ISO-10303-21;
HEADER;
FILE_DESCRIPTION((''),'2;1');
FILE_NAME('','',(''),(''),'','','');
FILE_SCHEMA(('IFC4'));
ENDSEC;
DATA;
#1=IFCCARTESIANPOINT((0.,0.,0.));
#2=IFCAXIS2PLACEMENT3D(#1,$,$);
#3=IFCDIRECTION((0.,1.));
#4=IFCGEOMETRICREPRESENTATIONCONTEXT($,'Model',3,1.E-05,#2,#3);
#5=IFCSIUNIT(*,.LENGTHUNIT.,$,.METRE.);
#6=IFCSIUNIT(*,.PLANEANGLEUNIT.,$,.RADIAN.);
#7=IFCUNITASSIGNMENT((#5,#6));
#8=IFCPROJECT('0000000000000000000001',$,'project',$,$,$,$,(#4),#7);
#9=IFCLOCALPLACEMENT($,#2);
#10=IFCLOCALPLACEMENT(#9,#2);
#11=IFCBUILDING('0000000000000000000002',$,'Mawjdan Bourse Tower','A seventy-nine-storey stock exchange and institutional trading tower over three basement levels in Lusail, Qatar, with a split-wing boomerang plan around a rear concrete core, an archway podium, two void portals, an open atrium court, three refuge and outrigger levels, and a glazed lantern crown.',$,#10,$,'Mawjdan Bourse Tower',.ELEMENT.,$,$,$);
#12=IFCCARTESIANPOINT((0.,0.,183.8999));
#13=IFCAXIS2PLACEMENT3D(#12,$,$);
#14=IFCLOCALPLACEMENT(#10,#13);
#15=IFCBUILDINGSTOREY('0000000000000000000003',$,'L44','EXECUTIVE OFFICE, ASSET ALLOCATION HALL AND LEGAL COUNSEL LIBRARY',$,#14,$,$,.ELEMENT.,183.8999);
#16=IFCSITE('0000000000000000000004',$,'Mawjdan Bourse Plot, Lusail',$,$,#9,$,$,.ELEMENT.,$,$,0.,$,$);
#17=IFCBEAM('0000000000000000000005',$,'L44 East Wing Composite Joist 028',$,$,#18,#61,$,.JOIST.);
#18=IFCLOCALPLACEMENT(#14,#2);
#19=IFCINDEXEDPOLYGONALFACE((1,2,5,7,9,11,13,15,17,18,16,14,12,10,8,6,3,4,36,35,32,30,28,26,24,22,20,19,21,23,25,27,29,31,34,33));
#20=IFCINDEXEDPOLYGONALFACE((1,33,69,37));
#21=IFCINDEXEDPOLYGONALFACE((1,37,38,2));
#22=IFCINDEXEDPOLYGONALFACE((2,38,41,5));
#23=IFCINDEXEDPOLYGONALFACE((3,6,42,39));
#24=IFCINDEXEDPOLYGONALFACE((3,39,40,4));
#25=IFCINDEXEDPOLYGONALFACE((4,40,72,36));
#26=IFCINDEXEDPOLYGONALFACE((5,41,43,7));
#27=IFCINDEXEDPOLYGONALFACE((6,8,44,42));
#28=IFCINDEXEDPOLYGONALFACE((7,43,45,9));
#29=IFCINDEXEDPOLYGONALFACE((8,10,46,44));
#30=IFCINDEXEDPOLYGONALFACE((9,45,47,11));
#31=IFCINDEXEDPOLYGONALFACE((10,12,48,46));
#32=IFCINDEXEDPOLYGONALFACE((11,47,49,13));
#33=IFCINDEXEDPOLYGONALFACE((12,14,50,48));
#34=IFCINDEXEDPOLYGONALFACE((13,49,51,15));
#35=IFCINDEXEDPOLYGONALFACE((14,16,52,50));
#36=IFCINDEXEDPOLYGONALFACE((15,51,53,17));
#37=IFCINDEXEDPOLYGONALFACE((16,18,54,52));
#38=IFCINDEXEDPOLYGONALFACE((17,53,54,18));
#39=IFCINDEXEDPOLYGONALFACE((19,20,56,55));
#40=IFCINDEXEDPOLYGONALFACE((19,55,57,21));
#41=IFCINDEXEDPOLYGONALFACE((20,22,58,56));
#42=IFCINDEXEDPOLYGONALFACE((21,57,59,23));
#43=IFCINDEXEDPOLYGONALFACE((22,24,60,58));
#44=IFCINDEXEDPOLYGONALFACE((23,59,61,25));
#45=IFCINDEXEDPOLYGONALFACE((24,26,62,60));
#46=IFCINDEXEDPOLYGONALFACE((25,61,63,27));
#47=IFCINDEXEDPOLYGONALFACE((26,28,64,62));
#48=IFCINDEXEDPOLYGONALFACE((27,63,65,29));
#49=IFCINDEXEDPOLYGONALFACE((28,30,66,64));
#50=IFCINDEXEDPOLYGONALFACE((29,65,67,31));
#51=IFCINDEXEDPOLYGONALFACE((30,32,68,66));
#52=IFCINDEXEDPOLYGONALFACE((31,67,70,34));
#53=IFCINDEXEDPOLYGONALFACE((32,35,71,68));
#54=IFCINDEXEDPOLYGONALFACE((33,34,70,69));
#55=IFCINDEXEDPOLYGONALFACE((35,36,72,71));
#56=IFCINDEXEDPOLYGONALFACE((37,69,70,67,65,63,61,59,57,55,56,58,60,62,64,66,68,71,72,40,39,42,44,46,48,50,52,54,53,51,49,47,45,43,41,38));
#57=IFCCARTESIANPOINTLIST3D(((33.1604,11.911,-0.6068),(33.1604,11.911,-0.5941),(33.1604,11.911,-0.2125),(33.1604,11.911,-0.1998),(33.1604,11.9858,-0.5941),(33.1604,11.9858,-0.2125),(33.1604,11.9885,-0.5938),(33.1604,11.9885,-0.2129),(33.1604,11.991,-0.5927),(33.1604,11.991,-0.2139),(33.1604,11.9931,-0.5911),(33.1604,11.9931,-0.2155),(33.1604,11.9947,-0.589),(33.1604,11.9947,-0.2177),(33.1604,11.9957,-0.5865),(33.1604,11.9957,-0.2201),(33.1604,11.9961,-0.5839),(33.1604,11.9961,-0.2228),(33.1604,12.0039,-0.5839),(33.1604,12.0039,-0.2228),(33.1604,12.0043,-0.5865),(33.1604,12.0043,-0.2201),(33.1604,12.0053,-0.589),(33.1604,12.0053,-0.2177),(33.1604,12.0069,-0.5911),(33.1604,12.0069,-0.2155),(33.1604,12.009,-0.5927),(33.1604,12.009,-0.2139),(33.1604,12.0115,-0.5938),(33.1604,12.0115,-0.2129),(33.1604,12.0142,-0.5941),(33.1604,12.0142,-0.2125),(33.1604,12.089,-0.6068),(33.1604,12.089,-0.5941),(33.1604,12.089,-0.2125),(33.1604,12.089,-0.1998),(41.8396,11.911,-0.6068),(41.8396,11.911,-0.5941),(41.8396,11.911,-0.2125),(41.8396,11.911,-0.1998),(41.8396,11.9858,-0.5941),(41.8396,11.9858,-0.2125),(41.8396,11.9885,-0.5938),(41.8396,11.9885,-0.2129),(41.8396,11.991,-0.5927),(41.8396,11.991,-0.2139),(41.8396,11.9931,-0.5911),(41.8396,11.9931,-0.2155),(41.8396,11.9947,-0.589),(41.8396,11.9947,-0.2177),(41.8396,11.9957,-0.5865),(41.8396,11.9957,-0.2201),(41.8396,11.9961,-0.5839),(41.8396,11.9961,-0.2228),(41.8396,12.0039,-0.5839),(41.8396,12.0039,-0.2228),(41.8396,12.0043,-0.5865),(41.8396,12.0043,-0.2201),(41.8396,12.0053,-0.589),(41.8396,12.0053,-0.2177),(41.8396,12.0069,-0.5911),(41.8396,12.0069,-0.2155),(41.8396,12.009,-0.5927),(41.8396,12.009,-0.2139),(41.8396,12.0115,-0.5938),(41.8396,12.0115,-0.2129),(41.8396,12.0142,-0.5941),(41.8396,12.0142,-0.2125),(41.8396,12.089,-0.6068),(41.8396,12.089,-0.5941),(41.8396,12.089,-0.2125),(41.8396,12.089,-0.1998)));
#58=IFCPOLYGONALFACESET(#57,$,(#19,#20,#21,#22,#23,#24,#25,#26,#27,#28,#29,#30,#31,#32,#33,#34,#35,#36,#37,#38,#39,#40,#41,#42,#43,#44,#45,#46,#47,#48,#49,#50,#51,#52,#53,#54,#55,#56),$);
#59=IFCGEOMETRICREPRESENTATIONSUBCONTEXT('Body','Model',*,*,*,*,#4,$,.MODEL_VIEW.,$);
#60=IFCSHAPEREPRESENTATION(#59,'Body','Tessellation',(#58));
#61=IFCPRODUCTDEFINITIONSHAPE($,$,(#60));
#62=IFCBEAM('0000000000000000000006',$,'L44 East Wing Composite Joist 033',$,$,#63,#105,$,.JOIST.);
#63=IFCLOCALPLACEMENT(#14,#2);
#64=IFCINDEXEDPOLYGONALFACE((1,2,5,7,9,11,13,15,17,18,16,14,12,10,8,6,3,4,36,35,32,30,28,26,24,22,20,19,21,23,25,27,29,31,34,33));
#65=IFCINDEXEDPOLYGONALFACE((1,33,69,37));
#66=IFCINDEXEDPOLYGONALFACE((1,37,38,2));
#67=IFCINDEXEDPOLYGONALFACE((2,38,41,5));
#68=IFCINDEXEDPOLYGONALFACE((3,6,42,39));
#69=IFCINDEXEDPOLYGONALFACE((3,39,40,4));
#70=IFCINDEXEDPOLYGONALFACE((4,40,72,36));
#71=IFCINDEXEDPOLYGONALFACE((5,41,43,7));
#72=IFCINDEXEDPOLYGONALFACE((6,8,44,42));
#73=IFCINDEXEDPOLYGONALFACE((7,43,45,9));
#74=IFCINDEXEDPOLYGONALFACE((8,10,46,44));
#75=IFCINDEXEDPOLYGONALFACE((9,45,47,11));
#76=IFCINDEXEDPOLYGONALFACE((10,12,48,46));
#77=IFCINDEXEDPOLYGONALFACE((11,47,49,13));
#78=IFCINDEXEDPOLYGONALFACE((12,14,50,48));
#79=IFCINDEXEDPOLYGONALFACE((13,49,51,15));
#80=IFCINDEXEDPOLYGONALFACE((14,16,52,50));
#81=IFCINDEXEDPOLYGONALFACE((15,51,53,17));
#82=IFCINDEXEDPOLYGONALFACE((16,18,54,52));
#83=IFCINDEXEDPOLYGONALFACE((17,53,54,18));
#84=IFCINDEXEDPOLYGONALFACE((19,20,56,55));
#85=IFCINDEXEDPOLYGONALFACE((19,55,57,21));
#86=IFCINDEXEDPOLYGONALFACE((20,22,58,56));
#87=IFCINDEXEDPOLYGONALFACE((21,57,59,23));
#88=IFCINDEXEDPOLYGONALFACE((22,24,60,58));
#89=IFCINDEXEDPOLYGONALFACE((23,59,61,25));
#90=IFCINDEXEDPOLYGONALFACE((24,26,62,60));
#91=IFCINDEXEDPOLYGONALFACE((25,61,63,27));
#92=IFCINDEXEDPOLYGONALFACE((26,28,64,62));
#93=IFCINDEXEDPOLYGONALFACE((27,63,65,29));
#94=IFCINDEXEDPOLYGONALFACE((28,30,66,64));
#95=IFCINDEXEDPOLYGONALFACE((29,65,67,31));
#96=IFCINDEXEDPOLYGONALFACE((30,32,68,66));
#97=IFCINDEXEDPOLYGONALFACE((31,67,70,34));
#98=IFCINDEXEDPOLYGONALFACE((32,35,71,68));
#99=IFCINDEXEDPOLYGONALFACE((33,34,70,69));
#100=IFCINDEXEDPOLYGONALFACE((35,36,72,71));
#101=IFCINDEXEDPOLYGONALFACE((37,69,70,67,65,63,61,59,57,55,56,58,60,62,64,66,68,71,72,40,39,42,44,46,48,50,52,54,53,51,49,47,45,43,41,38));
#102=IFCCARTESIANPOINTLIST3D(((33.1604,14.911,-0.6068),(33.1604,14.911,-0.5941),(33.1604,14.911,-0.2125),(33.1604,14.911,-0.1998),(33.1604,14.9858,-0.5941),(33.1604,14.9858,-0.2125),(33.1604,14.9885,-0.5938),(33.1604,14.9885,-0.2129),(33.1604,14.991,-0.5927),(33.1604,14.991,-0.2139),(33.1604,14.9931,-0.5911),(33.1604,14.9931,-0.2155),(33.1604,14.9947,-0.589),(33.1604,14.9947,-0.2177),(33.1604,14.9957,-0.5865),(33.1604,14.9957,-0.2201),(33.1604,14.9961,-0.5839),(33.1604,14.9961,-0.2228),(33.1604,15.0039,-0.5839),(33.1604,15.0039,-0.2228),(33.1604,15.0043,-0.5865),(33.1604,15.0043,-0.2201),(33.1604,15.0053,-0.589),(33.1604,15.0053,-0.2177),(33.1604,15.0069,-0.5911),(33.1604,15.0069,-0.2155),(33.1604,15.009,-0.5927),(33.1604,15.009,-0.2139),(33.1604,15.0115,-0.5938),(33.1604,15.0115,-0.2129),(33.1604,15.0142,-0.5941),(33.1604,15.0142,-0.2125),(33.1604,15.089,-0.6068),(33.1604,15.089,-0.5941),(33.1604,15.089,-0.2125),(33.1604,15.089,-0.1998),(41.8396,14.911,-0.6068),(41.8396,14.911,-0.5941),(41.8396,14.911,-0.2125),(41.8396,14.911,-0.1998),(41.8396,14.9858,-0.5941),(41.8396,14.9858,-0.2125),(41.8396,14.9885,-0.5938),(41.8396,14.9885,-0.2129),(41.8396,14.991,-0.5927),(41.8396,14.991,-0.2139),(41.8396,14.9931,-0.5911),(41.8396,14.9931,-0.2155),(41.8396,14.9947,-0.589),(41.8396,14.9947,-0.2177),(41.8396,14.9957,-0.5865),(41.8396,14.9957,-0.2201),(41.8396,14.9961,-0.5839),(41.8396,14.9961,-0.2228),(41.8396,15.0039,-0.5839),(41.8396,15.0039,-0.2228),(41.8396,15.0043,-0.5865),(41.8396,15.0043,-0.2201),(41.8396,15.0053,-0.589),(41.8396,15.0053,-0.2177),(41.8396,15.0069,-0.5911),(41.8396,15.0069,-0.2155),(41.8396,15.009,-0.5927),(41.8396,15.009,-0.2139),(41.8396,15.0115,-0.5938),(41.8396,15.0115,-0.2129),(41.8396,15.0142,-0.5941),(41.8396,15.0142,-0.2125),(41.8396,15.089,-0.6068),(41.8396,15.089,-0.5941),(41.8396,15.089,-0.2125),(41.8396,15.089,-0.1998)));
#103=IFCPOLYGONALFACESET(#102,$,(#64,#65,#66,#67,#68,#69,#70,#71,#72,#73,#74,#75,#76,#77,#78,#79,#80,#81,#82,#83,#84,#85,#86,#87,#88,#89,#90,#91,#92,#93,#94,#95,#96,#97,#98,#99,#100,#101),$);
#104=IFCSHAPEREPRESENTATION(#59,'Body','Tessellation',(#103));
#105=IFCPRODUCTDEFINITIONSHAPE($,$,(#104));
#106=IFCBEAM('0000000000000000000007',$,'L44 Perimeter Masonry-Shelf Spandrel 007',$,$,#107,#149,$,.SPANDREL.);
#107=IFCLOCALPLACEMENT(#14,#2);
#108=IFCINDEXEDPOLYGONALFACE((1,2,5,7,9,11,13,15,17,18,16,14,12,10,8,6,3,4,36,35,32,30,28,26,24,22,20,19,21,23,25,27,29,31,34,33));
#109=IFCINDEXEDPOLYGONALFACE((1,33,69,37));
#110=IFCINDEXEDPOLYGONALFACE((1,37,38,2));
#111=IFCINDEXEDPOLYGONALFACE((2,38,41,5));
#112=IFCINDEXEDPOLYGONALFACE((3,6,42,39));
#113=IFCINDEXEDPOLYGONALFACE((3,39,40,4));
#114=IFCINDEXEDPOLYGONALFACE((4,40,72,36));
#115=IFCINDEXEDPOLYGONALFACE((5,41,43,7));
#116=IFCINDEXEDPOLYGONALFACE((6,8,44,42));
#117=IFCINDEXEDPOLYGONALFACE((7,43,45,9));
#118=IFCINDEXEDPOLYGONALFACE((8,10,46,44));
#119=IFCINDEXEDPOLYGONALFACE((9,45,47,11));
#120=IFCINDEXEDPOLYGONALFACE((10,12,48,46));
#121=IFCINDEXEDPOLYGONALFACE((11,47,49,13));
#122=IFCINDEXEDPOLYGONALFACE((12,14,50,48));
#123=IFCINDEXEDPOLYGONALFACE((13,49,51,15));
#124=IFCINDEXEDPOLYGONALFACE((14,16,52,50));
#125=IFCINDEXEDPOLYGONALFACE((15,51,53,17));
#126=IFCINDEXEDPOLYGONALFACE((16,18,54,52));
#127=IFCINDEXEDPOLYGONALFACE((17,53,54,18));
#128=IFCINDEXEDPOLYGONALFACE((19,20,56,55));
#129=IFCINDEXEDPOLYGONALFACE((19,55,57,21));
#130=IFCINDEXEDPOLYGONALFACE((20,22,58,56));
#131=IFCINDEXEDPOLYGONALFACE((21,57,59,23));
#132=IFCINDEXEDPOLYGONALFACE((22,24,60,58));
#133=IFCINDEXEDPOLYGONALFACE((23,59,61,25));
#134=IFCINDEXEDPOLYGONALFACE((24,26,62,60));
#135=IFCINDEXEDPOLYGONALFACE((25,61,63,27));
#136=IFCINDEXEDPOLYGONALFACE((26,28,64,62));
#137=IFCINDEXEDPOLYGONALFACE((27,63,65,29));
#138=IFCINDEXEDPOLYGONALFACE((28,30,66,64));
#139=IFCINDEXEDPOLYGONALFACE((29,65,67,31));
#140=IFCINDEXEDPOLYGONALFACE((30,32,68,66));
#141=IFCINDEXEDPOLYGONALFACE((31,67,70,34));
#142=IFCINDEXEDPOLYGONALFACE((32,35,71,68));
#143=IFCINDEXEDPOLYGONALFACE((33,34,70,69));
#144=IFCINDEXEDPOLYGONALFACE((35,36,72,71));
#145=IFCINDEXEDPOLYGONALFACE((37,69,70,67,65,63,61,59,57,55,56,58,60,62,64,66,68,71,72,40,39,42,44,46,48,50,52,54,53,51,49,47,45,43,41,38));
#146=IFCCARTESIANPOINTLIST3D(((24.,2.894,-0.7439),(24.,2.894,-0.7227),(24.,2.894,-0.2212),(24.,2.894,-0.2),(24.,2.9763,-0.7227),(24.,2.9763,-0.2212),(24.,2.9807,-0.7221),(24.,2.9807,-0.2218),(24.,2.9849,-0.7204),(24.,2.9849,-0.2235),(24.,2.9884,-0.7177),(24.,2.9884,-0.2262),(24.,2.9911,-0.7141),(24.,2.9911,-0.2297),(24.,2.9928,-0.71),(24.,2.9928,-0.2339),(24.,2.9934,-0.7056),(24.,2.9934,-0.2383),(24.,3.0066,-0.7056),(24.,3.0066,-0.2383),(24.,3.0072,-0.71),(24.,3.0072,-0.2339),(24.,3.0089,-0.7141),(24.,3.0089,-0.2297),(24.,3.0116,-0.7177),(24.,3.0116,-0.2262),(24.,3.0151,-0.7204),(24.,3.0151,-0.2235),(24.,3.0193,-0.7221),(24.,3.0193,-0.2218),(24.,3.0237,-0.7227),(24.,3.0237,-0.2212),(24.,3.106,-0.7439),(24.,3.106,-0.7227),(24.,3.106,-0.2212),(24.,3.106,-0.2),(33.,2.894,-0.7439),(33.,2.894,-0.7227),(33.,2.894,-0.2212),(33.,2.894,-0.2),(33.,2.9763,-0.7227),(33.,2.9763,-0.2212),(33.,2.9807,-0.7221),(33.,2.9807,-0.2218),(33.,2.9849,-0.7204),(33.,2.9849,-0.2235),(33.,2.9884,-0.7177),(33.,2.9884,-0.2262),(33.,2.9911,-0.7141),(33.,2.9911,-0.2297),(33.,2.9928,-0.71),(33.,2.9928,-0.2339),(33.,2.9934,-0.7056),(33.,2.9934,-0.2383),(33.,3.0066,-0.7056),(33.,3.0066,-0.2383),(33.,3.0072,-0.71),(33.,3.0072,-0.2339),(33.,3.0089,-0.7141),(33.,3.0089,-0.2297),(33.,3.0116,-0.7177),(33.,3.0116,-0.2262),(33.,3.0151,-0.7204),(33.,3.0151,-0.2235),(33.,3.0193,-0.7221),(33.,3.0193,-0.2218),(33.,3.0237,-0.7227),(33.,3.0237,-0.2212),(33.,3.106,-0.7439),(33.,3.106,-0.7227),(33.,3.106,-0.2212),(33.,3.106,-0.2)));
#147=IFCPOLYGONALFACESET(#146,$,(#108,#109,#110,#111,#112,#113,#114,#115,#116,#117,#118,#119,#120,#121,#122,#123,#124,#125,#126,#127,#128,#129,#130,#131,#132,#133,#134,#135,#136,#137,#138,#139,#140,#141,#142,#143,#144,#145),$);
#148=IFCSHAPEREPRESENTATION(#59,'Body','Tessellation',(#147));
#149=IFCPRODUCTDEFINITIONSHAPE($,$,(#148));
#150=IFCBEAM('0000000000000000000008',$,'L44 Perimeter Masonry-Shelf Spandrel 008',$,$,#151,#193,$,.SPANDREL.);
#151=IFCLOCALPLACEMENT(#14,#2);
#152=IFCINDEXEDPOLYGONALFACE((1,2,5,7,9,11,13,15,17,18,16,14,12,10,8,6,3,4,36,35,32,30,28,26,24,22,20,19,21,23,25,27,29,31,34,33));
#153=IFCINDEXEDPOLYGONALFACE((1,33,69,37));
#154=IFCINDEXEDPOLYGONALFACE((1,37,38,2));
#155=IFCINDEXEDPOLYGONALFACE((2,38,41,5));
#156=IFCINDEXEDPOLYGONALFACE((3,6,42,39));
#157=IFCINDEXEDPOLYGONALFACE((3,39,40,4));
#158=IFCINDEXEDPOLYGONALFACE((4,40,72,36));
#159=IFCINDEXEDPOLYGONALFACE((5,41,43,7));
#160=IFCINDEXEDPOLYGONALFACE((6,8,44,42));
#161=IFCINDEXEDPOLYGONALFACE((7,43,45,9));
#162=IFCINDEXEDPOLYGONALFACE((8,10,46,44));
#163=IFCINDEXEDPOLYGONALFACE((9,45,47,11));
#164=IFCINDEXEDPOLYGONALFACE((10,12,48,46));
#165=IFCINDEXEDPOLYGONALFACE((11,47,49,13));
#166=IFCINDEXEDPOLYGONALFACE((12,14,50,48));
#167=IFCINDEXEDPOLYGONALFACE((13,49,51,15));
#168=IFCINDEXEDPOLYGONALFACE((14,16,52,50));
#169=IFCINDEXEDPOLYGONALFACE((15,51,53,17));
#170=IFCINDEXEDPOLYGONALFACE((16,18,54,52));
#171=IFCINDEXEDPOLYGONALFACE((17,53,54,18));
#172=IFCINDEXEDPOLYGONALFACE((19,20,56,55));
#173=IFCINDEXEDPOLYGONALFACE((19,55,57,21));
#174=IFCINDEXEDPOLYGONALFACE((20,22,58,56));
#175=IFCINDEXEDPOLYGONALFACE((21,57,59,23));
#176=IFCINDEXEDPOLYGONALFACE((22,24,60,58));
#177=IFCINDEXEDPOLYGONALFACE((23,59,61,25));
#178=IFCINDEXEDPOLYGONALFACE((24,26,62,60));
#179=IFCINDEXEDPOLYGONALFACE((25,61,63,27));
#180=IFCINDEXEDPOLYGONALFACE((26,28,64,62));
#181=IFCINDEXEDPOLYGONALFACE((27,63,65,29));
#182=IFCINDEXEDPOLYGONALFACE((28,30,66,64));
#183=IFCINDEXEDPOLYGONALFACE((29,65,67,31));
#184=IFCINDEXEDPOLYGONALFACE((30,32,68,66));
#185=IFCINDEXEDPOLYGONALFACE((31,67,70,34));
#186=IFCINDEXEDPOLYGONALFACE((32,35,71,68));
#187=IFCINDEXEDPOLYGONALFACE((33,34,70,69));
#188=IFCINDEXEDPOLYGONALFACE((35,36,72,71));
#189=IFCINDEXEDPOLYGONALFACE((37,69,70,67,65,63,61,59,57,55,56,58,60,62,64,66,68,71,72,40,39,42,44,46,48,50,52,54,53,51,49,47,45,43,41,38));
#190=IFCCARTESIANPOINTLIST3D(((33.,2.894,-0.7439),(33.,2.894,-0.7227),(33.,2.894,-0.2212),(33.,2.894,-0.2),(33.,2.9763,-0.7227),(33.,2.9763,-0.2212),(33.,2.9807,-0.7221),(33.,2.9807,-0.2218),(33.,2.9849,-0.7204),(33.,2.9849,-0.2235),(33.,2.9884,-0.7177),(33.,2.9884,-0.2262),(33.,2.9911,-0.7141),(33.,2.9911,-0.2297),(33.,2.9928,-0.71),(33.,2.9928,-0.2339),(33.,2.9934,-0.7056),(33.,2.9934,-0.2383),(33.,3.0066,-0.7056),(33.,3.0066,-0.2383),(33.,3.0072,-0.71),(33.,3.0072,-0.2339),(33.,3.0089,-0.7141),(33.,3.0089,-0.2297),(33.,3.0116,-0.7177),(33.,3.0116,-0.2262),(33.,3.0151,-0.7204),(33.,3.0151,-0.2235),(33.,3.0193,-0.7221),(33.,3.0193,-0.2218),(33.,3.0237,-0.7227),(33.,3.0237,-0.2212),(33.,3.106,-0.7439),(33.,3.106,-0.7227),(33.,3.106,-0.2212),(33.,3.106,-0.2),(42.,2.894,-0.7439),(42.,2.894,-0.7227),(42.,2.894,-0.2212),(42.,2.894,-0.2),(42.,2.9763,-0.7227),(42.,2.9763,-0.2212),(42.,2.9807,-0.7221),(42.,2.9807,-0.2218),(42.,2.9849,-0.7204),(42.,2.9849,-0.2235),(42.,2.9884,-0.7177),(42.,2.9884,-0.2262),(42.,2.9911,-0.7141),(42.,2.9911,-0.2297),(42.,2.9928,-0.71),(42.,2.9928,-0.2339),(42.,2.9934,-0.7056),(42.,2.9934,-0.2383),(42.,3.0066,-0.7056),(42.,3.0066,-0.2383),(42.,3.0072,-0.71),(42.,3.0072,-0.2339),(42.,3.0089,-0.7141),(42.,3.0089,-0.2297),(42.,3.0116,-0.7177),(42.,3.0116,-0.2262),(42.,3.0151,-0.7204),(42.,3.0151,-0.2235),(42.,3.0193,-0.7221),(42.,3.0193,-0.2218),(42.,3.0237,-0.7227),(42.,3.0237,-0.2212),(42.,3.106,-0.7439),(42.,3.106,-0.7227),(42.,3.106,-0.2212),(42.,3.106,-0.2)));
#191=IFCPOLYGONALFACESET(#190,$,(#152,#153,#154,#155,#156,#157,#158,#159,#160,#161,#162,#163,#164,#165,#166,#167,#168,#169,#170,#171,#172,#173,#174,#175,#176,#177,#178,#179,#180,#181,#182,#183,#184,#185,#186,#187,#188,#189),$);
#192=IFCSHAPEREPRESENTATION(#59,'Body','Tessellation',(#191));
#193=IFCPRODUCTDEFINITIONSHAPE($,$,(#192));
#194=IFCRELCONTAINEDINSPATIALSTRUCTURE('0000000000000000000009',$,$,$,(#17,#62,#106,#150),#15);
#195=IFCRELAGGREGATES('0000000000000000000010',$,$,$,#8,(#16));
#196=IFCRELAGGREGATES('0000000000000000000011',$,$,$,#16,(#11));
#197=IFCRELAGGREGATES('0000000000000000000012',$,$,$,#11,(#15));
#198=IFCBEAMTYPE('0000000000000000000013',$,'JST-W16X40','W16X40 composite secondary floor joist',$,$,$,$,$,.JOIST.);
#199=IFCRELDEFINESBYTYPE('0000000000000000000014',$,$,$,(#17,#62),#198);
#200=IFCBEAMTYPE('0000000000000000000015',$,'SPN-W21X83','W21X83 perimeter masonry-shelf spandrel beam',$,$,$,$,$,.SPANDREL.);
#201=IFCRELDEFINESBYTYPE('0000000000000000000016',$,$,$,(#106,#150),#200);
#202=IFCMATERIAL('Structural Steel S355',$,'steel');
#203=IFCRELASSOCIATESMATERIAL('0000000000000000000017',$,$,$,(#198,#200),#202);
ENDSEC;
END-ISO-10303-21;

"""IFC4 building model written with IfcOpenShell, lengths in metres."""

from ifc_helpers import new_model, si_unit, direction, frame, origin, origin_2d, place, context, subcontext, project, spatial, i_section, extrude, material, material_profile, profile_set, type_object, element, save


model = new_model("IFC4")

# Units and contexts
model_context = context("Model", 3, precision=1e-05, world=origin(), true_north=direction((0.0, 1.0)))
body_context = subcontext(model_context, "Body", "Model", "MODEL_VIEW")
ifc_project = project(units=[si_unit("LENGTHUNIT", "METRE"), si_unit("PLANEANGLEUNIT", "RADIAN")], contexts=[model_context])

# Site, building, storey
site_placement = place(None, origin())
site = spatial("IfcSite", under=ifc_project, at=site_placement, Name="Mawjdan Bourse Plot, Lusail", CompositionType="ELEMENT", RefElevation=0.0)
building_placement = place(site_placement, origin())
building = spatial("IfcBuilding", under=site, at=building_placement, Name="Mawjdan Bourse Tower", Description="A seventy-nine-storey stock exchange and institutional trading tower over three basement levels in Lusail, Qatar, with a split-wing boomerang plan around a rear concrete core, an archway podium, two void portals, an open atrium court, three refuge and outrigger levels, and a glazed lantern crown.", LongName="Mawjdan Bourse Tower", CompositionType="ELEMENT")
storey_placement = place(building_placement, frame((0.0, 0.0, 183.8999)))
storey = spatial("IfcBuildingStorey", under=building, at=storey_placement, Name="L44", Description="EXECUTIVE OFFICE, ASSET ALLOCATION HALL AND LEGAL COUNSEL LIBRARY", CompositionType="ELEMENT", Elevation=183.8999)

# Beams
ifc_material_1 = material(Name="Structural Steel S355", Category="steel")
ifc_material_profile_1 = material_profile(ifc_material_1, i_section(OverallWidth=0.178, OverallDepth=0.407, WebThickness=0.0078, FlangeThickness=0.0127, FilletRadius=0.0103, at=origin_2d()), Name="W16X40")
ifc_profile_set_1 = profile_set([ifc_material_profile_1], Name="Structural Steel S355")
beam_type_1 = type_object("IfcBeamType", Name="JST-W16X40", Description="W16X40 composite secondary floor joist", PredefinedType="JOIST", material=ifc_profile_set_1)
for number, where, z_axis, x_axis, name in (
    (1, (33.1604, 12.0, -0.4033), (1.0, 0.0, 0.0), (0.0, 1.0, 0.0), "L44 East Wing Composite Joist 028"),
    (2, (33.1604, 15.0, -0.4033), (1.0, 0.0, 0.0), (0.0, 1.0, 0.0), "L44 East Wing Composite Joist 033"),
):
    element("IfcBeam", number, at=place(storey_placement, frame(where, z_axis=z_axis, x_axis=x_axis)), inside=storey, type_object=beam_type_1, Name=name, PredefinedType="JOIST", context=body_context, shape_type="SweptSolid", body=[
        extrude(i_section(OverallWidth=0.178, OverallDepth=0.407, WebThickness=0.0078, FlangeThickness=0.0127, FilletRadius=0.0103, at=origin_2d()), origin(), (0.0, 0.0, 1.0), 8.6792),
    ])
ifc_material_profile_2 = material_profile(ifc_material_1, i_section(OverallWidth=0.2119, OverallDepth=0.5439, WebThickness=0.0132, FlangeThickness=0.0212, FilletRadius=0.0171, at=origin_2d()), Name="W21X83")
ifc_profile_set_2 = profile_set([ifc_material_profile_2], Name="Structural Steel S355")
beam_type_2 = type_object("IfcBeamType", Name="SPN-W21X83", Description="W21X83 perimeter masonry-shelf spandrel beam", PredefinedType="SPANDREL", material=ifc_profile_set_2)
for number, where, z_axis, x_axis, name in (
    (3, (24.0, 3.0, -0.4719), (1.0, 0.0, 0.0), (0.0, 1.0, 0.0), "L44 Perimeter Masonry-Shelf Spandrel 007"),
    (4, (33.0, 3.0, -0.4719), (1.0, 0.0, 0.0), (0.0, 1.0, 0.0), "L44 Perimeter Masonry-Shelf Spandrel 008"),
):
    element("IfcBeam", number, at=place(storey_placement, frame(where, z_axis=z_axis, x_axis=x_axis)), inside=storey, type_object=beam_type_2, Name=name, PredefinedType="SPANDREL", context=body_context, shape_type="SweptSolid", body=[
        extrude(i_section(OverallWidth=0.2119, OverallDepth=0.5439, WebThickness=0.0132, FlangeThickness=0.0212, FilletRadius=0.0171, at=origin_2d()), origin(), (0.0, 0.0, 1.0), 9.0),
    ])

save(model, "model.ifc")
